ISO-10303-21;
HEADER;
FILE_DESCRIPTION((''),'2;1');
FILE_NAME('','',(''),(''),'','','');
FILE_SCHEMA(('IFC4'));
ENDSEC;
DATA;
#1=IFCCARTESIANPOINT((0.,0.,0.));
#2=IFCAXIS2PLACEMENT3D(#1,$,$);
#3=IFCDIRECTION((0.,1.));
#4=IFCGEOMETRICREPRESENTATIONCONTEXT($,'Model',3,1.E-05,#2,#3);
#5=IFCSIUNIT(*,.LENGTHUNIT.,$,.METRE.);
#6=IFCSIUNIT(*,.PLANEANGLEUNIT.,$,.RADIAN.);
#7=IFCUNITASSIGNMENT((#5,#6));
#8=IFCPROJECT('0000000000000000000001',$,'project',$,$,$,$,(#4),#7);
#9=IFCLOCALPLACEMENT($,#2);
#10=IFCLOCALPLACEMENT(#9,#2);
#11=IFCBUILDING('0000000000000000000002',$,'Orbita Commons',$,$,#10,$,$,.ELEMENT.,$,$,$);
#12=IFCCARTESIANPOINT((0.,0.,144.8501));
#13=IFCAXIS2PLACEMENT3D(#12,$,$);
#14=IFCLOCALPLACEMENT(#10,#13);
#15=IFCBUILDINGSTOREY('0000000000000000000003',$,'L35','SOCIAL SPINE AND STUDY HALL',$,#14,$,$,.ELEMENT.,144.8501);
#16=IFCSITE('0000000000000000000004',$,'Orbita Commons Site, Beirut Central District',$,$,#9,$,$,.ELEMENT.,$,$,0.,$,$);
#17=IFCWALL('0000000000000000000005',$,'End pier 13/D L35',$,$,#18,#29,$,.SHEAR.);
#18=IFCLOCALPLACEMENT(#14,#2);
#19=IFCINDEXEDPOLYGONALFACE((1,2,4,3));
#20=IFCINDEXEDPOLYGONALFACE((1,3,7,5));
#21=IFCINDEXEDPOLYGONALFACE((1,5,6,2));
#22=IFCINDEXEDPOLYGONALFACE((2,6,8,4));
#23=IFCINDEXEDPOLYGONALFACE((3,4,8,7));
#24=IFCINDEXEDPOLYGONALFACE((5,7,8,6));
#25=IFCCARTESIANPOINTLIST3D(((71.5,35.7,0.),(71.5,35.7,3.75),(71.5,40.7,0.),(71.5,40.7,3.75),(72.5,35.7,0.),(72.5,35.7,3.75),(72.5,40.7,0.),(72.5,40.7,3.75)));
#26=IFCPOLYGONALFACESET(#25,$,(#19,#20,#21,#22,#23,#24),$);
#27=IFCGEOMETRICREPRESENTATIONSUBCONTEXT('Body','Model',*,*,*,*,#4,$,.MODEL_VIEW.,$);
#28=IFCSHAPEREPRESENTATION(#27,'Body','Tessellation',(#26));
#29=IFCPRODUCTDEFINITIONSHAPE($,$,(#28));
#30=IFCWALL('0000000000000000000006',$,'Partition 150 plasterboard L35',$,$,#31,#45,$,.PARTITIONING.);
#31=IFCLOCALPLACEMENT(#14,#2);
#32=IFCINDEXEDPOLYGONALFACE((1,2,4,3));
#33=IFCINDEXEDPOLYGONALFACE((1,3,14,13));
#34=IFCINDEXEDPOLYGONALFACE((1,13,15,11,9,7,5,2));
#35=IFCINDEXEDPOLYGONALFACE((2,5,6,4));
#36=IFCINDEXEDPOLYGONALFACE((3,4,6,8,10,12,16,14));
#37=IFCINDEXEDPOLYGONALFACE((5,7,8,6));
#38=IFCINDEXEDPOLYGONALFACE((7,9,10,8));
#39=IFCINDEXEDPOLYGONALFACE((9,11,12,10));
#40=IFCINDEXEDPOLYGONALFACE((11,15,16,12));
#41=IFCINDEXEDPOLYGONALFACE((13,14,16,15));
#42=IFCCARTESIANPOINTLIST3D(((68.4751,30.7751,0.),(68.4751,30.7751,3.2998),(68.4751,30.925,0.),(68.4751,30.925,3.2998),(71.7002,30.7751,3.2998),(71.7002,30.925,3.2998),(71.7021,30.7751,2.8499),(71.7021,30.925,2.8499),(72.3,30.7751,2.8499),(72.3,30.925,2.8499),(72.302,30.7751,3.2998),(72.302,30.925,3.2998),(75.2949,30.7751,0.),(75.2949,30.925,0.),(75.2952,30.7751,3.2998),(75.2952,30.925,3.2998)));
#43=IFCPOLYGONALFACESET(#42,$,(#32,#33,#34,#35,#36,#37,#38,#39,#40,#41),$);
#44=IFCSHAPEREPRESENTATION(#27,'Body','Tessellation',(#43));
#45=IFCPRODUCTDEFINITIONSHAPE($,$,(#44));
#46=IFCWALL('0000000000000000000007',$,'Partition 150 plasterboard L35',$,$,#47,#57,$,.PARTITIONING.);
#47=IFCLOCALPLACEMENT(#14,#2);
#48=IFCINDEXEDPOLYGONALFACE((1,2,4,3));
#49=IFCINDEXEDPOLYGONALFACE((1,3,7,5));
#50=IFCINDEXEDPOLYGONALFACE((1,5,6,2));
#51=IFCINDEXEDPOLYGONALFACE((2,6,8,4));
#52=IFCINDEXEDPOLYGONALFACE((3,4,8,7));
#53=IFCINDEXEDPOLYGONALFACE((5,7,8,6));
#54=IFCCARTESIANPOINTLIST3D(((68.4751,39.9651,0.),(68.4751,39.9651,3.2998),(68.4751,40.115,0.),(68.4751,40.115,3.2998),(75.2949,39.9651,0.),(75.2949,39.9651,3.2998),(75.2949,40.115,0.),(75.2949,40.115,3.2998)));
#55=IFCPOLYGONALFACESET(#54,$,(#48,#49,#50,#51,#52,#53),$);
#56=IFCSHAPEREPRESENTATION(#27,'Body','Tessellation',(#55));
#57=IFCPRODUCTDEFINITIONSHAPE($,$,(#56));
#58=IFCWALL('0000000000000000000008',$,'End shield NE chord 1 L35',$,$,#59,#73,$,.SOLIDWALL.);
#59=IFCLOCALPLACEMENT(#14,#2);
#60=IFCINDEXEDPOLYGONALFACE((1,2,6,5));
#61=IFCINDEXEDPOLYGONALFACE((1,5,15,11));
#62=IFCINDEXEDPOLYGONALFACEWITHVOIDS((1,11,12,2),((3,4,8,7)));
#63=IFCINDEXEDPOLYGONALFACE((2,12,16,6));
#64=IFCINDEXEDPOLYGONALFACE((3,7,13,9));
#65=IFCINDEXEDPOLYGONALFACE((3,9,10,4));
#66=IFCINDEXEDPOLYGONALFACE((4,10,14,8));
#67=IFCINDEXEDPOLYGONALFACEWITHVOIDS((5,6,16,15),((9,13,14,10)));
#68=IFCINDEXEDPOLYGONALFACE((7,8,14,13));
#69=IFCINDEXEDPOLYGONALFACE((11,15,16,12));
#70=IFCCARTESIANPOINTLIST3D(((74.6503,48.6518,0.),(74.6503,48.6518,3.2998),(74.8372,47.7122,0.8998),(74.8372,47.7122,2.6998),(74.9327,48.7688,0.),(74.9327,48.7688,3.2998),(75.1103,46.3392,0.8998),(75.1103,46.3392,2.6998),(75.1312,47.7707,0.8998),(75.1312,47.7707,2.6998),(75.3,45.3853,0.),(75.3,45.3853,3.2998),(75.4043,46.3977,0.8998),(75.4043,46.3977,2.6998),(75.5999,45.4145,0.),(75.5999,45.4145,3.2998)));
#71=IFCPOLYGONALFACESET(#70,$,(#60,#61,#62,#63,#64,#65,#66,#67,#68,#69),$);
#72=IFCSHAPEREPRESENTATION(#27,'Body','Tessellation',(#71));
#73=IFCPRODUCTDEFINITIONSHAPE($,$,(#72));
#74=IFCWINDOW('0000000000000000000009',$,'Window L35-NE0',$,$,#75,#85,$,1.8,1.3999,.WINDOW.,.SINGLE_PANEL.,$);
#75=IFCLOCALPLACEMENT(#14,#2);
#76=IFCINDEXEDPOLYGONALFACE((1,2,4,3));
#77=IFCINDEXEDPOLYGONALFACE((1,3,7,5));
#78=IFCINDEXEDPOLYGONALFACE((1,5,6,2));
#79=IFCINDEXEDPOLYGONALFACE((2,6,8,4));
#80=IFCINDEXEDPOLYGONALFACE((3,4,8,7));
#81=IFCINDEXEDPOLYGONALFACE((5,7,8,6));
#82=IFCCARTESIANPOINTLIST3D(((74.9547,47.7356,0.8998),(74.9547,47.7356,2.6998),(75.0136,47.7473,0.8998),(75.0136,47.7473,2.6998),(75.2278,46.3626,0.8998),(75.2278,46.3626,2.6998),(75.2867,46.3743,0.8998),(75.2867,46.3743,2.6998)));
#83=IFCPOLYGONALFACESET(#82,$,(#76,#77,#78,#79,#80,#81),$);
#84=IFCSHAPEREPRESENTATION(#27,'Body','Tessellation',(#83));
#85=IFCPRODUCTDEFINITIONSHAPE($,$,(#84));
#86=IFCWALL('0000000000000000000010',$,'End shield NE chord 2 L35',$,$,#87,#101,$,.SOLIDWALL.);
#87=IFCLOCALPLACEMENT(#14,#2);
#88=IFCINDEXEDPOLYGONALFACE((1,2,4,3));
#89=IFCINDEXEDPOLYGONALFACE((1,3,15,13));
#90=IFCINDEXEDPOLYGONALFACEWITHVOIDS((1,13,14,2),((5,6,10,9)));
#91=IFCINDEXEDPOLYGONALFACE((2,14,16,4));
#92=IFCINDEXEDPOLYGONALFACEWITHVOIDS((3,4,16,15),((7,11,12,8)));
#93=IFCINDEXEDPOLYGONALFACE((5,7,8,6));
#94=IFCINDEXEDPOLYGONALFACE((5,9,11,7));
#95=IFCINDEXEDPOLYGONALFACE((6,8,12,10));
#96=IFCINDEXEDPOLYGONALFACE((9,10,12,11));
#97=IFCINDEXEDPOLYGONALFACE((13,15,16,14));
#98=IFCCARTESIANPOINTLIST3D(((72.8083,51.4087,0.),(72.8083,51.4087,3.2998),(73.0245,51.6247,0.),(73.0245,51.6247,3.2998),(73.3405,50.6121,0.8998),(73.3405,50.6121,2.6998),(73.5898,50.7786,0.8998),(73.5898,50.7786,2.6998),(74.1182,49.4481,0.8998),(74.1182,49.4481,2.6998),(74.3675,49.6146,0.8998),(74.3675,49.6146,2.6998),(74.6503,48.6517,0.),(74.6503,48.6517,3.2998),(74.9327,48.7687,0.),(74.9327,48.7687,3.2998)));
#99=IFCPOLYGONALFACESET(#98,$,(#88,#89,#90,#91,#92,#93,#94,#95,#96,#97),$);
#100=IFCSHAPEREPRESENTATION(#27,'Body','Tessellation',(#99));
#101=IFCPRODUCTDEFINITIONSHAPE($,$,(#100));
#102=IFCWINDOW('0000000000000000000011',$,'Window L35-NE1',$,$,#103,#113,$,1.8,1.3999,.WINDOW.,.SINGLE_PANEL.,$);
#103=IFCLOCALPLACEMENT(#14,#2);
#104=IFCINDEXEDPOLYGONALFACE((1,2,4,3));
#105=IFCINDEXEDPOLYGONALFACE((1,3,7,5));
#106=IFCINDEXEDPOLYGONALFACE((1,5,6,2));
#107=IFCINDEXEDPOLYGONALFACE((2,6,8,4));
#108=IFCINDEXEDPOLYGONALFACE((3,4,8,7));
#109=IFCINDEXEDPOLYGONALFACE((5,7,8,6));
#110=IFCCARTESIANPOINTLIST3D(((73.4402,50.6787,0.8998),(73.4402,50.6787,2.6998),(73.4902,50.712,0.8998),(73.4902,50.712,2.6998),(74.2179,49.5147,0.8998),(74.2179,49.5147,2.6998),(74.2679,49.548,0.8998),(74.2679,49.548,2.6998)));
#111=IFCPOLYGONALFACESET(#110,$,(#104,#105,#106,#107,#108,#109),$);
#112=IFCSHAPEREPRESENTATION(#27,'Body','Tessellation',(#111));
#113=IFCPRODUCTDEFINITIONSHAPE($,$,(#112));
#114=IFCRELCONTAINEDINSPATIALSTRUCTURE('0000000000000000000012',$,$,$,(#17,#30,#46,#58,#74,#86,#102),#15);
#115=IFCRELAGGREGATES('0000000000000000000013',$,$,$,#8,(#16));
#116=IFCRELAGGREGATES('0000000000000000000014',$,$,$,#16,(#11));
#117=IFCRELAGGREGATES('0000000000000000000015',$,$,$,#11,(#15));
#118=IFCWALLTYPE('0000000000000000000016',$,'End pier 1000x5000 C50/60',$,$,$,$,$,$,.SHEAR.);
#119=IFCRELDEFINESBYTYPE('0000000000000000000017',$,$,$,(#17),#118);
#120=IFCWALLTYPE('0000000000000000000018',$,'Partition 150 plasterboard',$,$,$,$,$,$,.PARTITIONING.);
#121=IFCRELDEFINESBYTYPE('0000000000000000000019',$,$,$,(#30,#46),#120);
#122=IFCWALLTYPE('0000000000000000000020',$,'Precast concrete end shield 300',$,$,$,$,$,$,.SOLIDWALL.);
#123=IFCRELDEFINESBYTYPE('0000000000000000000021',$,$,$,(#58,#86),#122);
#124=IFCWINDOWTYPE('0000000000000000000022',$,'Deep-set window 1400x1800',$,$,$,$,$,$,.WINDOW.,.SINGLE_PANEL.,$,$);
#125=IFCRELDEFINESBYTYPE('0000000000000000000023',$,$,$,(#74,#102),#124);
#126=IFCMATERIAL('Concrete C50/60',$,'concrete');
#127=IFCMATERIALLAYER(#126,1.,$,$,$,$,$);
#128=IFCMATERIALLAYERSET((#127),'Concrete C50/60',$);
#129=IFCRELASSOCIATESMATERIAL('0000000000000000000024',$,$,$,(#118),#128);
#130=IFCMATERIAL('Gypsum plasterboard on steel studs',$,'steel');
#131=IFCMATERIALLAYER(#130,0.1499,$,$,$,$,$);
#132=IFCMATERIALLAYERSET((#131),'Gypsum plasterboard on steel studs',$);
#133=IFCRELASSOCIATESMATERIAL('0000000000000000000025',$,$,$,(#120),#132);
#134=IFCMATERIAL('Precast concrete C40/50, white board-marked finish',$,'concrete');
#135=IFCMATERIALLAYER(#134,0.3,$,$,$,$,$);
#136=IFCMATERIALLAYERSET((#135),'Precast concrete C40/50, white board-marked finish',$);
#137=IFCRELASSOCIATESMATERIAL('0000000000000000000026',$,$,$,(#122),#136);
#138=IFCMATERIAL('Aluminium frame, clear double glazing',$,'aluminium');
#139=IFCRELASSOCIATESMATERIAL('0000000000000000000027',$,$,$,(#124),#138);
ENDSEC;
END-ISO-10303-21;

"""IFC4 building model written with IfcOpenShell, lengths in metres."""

from ifc_helpers import new_model, si_unit, direction, frame, frame_2d, origin, place, context, subcontext, project, spatial, polyline, rectangle, outline, extrude, material, layer, layer_set, type_object, element, fill, save


model = new_model("IFC4")

# Units and contexts
model_context = context("Model", 3, precision=1e-05, world=origin(), true_north=direction((0.0, 1.0)))
body_context = subcontext(model_context, "Body", "Model", "MODEL_VIEW")
ifc_project = project(units=[si_unit("LENGTHUNIT", "METRE"), si_unit("PLANEANGLEUNIT", "RADIAN")], contexts=[model_context])

# Site, building, storey
site_placement = place(None, origin())
site = spatial("IfcSite", under=ifc_project, at=site_placement, Name="Orbita Commons Site, Beirut Central District", CompositionType="ELEMENT", RefElevation=0.0)
building_placement = place(site_placement, origin())
building = spatial("IfcBuilding", under=site, at=building_placement, Name="Orbita Commons", CompositionType="ELEMENT")
storey_placement = place(building_placement, frame((0.0, 0.0, 144.8501)))
storey = spatial("IfcBuildingStorey", under=building, at=storey_placement, Name="L35", Description="SOCIAL SPINE AND STUDY HALL", CompositionType="ELEMENT", Elevation=144.8501)

# Walls
ifc_material_1 = material(Name="Concrete C50/60", Category="concrete")
ifc_layer_1 = layer(ifc_material_1, 1.0)
ifc_layer_set_1 = layer_set([ifc_layer_1], Name="Concrete C50/60")
wall_type_1 = type_object("IfcWallType", Name="End pier 1000x5000 C50/60", PredefinedType="SHEAR", material=ifc_layer_set_1)
wall_1_placement = place(storey_placement, frame((72.0, 35.7, 0.0), z_axis=(0.0, 0.0, 1.0), x_axis=(0.0, 1.0, 0.0)))
element("IfcWall", 1, at=wall_1_placement, inside=storey, type_object=wall_type_1, Name="End pier 13/D L35", PredefinedType="SHEAR", context=body_context, shape_type="SweptSolid", body=[
    extrude(rectangle(XDim=5.0, YDim=1.0, at=frame_2d((2.5, 0.0))), origin(), (0.0, 0.0, 1.0), 3.75),
])
ifc_material_2 = material(Name="Gypsum plasterboard on steel studs", Category="steel")
ifc_layer_2 = layer(ifc_material_2, 0.1499)
ifc_layer_set_2 = layer_set([ifc_layer_2], Name="Gypsum plasterboard on steel studs")
wall_type_2 = type_object("IfcWallType", Name="Partition 150 plasterboard", PredefinedType="PARTITIONING", material=ifc_layer_set_2)
wall_2_placement = place(storey_placement, frame((68.4751, 30.8501, 0.0), z_axis=(0.0, 0.0, 1.0), x_axis=(1.0, 0.0, 0.0)))
element("IfcWall", 2, at=wall_2_placement, inside=storey, type_object=wall_type_2, Name="Partition 150 plasterboard L35", PredefinedType="PARTITIONING", context=body_context, shape_type="SweptSolid", body=[
    extrude(outline(polyline([(0.0, 0.0), (6.8198, 0.0), (6.8201, 3.2998), (3.8269, 3.2998), (3.825, 2.8499), (3.2271, 2.8499), (3.2251, 3.2998), (0.0, 3.2998), (0.0, 0.0)])), frame((0.0, 0.075, 0.0), z_axis=(0.0, -1.0, 0.0), x_axis=(1.0, 0.0, 0.0)), (0.0, 0.0, 1.0), 0.1499),
])
wall_3_placement = place(storey_placement, frame((68.4751, 40.04, 0.0), z_axis=(0.0, 0.0, 1.0), x_axis=(1.0, 0.0, 0.0)))
element("IfcWall", 3, at=wall_3_placement, inside=storey, type_object=wall_type_2, Name="Partition 150 plasterboard L35", PredefinedType="PARTITIONING", context=body_context, shape_type="SweptSolid", body=[
    extrude(rectangle(XDim=6.8198, YDim=0.1499, at=frame_2d((3.4099, 0.0))), origin(), (0.0, 0.0, 1.0), 3.2998),
])

# Walls, openings, windows
ifc_material_3 = material(Name="Precast concrete C40/50, white board-marked finish", Category="concrete")
ifc_layer_3 = layer(ifc_material_3, 0.3)
ifc_layer_set_3 = layer_set([ifc_layer_3], Name="Precast concrete C40/50, white board-marked finish")
wall_type_3 = type_object("IfcWallType", Name="Precast concrete end shield 300", PredefinedType="SOLIDWALL", material=ifc_layer_set_3)
wall_4_placement = place(storey_placement, frame((75.45, 45.3999, 0.0), z_axis=(0.0, 0.0, 1.0), x_axis=(-0.195087, 0.980786, 0.0)))
wall_4 = element("IfcWall", 4, at=wall_4_placement, inside=storey, type_object=wall_type_3, Name="End shield NE chord 1 L35", PredefinedType="SOLIDWALL", context=body_context, shape_type="SweptSolid", body=[
    extrude(outline(polyline([(-0.0149, -0.1499), (3.405, -0.1499), (3.3455, 0.1499), (0.0149, 0.1499), (-0.0149, -0.1499)])), origin(), (0.0, 0.0, 1.0), 3.2998),
])
opening_1_placement = place(wall_4_placement, frame((0.9875, 0.0, 0.8999)))
opening_1 = element("IfcOpeningElement", 5, at=opening_1_placement, cuts=wall_4, PredefinedType="OPENING", context=body_context, shape_type="SweptSolid", body=[
    extrude(rectangle(XDim=1.3999, YDim=1.8, at=frame_2d((0.7, 0.8999))), frame((0.0, 0.1599, 0.0), z_axis=(0.0, -1.0, 0.0), x_axis=(1.0, 0.0, 0.0)), (0.0, 0.0, 1.0), 0.3201),
])
ifc_material_4 = material(Name="Aluminium frame, clear double glazing", Category="aluminium")
window_type = type_object("IfcWindowType", Name="Deep-set window 1400x1800", PartitioningType="SINGLE_PANEL", PredefinedType="WINDOW", material=ifc_material_4)
window_1_placement = place(opening_1_placement, origin())
window_1 = element("IfcWindow", 6, at=window_1_placement, inside=storey, type_object=window_type, Name="Window L35-NE0", OverallHeight=1.8, OverallWidth=1.3999, PartitioningType="SINGLE_PANEL", PredefinedType="WINDOW", context=body_context, shape_type="SweptSolid", body=[
    extrude(rectangle(XDim=1.3999, YDim=1.8, at=frame_2d((0.7, 0.8999))), frame((0.0, 0.03, 0.0), z_axis=(0.0, -1.0, 0.0), x_axis=(1.0, 0.0, 0.0)), (0.0, 0.0, 1.0), 0.0601),
])
fill(opening_1, window_1)
wall_5_placement = place(storey_placement, frame((74.7915, 48.7102, 0.0), z_axis=(0.0, 0.0, 1.0), x_axis=(-0.555535, 0.831493, 0.0)))
wall_5 = element("IfcWall", 7, at=wall_5_placement, inside=storey, type_object=wall_type_3, Name="End shield NE chord 2 L35", PredefinedType="SOLIDWALL", context=body_context, shape_type="SweptSolid", body=[
    extrude(outline(polyline([(-0.0298, -0.1499), (3.405, -0.1499), (3.3455, 0.1499), (0.0298, 0.1499), (-0.0298, -0.1499)])), origin(), (0.0, 0.0, 1.0), 3.2998),
])
opening_2_placement = place(wall_5_placement, frame((0.9875, 0.0, 0.8999)))
opening_2 = element("IfcOpeningElement", 8, at=opening_2_placement, cuts=wall_5, PredefinedType="OPENING", context=body_context, shape_type="SweptSolid", body=[
    extrude(rectangle(XDim=1.3999, YDim=1.8, at=frame_2d((0.7, 0.8999))), frame((0.0, 0.1599, 0.0), z_axis=(0.0, -1.0, 0.0), x_axis=(1.0, 0.0, 0.0)), (0.0, 0.0, 1.0), 0.3201),
])
window_2_placement = place(opening_2_placement, origin())
window_2 = element("IfcWindow", 9, at=window_2_placement, inside=storey, type_object=window_type, Name="Window L35-NE1", OverallHeight=1.8, OverallWidth=1.3999, PartitioningType="SINGLE_PANEL", PredefinedType="WINDOW", context=body_context, shape_type="SweptSolid", body=[
    extrude(rectangle(XDim=1.3999, YDim=1.8, at=frame_2d((0.7, 0.8999))), frame((0.0, 0.03, 0.0), z_axis=(0.0, -1.0, 0.0), x_axis=(1.0, 0.0, 0.0)), (0.0, 0.0, 1.0), 0.0601),
])
fill(opening_2, window_2)

save(model, "model.ifc")
